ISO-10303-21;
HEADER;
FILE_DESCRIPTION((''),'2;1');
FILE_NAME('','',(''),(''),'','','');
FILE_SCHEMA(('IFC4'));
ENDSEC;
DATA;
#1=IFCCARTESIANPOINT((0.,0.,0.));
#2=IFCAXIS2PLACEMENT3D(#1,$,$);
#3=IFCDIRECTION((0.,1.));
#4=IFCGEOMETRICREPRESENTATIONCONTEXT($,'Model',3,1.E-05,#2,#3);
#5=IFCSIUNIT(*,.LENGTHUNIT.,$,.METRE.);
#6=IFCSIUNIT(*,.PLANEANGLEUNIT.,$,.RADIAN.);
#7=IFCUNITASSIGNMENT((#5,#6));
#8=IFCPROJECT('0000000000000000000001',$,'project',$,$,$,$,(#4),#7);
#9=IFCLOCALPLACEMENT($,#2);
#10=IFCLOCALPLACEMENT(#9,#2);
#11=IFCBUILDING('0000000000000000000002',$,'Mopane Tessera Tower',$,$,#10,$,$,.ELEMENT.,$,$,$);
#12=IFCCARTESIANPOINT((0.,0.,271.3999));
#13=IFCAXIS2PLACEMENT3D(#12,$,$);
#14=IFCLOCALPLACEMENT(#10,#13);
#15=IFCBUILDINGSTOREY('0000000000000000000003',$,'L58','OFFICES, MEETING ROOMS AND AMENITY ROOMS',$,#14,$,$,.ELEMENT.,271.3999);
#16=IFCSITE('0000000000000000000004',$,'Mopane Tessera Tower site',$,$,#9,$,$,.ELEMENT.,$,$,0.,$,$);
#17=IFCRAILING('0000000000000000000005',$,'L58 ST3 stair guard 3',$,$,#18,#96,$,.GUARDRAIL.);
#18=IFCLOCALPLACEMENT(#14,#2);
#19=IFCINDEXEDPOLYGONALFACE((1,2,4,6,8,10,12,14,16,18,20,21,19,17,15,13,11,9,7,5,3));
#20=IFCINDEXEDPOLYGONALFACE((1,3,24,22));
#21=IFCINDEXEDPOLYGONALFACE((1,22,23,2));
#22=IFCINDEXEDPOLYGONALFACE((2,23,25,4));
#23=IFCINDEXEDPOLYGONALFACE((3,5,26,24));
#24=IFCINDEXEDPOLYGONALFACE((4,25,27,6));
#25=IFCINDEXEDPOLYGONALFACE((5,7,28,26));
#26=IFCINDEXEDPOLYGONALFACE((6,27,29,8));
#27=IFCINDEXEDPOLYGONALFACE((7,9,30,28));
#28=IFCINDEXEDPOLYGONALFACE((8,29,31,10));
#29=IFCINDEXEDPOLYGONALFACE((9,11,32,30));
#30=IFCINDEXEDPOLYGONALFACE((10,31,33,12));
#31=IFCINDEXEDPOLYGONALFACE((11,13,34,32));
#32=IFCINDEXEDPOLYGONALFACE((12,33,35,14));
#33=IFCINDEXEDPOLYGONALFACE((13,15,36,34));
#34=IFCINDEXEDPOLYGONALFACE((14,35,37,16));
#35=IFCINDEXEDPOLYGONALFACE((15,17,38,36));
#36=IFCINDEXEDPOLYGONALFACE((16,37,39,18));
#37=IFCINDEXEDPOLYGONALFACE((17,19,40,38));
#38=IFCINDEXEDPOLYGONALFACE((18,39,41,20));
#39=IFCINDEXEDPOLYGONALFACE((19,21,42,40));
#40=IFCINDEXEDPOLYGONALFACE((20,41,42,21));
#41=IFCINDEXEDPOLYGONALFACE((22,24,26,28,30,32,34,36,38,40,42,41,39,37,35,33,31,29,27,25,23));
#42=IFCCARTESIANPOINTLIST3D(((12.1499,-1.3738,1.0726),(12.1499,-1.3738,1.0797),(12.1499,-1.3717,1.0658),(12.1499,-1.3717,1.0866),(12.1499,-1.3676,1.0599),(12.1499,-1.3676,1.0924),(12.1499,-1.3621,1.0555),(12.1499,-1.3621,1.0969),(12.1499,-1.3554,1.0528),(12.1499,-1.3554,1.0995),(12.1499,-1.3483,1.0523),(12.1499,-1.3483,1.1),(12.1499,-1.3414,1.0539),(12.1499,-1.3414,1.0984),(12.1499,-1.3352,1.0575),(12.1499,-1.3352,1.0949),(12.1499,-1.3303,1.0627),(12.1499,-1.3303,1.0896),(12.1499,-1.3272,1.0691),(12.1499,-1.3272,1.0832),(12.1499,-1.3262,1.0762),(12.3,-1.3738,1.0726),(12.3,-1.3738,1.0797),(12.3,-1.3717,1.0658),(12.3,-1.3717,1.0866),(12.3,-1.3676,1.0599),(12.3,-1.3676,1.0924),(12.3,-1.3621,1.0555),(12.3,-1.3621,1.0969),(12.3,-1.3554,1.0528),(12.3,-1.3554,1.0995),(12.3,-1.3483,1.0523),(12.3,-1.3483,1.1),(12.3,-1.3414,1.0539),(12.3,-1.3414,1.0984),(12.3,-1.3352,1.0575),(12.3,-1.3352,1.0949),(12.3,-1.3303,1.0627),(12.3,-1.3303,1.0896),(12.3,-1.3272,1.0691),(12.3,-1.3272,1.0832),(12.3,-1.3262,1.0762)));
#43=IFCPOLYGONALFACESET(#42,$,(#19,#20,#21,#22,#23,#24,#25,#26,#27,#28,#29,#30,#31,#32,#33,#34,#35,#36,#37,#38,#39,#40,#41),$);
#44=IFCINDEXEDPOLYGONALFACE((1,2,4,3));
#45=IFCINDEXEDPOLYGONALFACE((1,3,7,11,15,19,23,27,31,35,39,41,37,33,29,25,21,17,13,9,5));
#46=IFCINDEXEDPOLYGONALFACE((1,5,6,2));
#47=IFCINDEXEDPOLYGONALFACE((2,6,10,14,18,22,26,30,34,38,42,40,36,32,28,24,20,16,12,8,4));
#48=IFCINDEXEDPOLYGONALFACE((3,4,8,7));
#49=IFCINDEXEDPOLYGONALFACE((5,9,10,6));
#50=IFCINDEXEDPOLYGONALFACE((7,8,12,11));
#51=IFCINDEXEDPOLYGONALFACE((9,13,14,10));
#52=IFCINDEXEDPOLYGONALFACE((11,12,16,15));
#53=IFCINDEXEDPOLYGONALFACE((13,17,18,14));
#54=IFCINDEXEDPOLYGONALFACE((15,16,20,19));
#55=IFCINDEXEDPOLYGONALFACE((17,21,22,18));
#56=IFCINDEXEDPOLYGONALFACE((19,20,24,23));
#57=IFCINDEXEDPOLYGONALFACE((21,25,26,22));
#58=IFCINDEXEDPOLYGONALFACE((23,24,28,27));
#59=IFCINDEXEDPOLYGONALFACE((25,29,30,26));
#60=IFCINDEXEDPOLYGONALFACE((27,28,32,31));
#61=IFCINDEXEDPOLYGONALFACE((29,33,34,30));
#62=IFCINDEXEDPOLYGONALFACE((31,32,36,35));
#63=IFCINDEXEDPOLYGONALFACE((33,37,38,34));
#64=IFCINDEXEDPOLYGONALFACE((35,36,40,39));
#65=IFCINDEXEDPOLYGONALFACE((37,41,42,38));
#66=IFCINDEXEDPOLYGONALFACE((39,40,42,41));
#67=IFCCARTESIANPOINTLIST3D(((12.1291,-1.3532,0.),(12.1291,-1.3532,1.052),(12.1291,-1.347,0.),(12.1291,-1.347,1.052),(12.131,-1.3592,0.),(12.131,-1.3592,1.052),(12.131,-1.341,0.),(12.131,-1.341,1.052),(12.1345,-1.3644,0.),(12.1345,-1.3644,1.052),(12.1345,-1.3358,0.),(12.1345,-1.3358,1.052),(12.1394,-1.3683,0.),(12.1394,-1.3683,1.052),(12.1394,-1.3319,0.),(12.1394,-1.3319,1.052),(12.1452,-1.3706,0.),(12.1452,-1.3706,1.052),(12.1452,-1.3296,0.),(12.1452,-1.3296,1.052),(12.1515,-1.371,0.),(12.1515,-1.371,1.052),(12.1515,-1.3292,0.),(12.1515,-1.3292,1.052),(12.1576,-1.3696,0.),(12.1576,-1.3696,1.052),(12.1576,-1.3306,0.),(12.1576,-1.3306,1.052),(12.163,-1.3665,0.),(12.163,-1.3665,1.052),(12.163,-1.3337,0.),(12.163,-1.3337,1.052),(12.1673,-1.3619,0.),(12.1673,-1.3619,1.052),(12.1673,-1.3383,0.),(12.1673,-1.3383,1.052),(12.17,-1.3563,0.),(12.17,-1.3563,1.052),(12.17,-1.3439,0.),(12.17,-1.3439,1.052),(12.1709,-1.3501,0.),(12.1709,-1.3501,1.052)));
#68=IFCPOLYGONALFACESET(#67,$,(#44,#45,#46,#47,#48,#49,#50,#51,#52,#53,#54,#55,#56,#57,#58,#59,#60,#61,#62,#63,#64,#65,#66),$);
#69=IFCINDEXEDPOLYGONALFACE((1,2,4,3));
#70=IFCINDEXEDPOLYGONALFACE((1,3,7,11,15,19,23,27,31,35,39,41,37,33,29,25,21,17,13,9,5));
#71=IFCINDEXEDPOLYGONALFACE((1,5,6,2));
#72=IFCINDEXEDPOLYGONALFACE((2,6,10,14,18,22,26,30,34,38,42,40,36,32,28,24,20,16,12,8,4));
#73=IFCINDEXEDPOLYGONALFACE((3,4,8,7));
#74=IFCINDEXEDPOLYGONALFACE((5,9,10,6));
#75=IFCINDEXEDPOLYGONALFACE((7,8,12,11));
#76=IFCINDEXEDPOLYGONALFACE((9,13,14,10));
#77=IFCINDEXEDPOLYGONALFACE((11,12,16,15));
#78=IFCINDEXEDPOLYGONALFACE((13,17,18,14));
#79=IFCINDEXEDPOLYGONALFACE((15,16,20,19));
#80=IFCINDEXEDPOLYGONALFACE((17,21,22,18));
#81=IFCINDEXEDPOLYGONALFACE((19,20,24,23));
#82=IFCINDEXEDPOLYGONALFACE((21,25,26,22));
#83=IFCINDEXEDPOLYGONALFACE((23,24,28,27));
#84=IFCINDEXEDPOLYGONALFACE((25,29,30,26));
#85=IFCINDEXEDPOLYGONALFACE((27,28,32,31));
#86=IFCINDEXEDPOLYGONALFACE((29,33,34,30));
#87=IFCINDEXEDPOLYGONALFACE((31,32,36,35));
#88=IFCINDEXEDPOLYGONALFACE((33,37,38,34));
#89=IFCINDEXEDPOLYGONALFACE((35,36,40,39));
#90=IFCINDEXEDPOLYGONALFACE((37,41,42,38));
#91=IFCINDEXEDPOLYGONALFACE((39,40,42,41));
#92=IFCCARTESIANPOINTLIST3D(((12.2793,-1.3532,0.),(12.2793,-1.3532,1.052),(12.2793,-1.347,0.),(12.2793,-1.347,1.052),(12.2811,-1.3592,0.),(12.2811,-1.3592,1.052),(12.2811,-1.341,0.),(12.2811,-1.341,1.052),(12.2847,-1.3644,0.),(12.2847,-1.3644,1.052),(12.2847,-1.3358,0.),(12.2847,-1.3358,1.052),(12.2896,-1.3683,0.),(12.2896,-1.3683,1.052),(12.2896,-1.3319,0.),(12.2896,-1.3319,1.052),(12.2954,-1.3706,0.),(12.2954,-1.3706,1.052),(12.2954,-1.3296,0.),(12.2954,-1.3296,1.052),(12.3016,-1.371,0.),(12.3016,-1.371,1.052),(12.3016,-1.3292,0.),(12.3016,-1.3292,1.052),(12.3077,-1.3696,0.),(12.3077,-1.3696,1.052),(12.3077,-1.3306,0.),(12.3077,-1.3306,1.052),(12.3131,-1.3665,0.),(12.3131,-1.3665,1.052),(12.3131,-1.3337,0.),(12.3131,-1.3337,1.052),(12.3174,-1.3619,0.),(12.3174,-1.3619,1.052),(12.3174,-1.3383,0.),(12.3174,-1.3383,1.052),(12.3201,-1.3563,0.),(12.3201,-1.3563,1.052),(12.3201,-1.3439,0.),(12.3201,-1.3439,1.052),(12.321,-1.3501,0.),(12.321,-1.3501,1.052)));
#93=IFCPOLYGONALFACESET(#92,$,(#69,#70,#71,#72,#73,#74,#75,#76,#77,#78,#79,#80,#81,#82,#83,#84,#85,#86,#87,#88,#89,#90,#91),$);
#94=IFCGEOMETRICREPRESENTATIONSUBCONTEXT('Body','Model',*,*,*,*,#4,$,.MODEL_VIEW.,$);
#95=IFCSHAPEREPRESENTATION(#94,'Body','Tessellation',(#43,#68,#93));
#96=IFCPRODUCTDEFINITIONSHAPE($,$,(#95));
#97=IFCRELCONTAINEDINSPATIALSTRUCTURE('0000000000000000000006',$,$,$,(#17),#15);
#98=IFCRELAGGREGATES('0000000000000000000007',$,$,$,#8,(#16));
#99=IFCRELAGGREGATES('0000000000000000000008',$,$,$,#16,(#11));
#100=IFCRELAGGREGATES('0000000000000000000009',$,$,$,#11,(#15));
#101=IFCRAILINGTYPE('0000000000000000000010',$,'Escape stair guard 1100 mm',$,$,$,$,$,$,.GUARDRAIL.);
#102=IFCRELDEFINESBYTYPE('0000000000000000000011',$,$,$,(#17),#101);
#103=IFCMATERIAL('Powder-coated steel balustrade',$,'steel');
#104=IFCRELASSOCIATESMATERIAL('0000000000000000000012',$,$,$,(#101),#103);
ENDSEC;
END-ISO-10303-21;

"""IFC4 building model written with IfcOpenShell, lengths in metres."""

from ifc_helpers import new_model, si_unit, direction, frame, origin, origin_2d, place, context, subcontext, project, spatial, circle, extrude, material, type_object, element, save


model = new_model("IFC4")

# Units and contexts
model_context = context("Model", 3, precision=1e-05, world=origin(), true_north=direction((0.0, 1.0)))
body_context = subcontext(model_context, "Body", "Model", "MODEL_VIEW")
ifc_project = project(units=[si_unit("LENGTHUNIT", "METRE"), si_unit("PLANEANGLEUNIT", "RADIAN")], contexts=[model_context])

# Site, building, storey
site_placement = place(None, origin())
site = spatial("IfcSite", under=ifc_project, at=site_placement, Name="Mopane Tessera Tower site", CompositionType="ELEMENT", RefElevation=0.0)
building_placement = place(site_placement, origin())
building = spatial("IfcBuilding", under=site, at=building_placement, Name="Mopane Tessera Tower", CompositionType="ELEMENT")
storey_placement = place(building_placement, frame((0.0, 0.0, 271.3999)))
storey = spatial("IfcBuildingStorey", under=building, at=storey_placement, Name="L58", Description="OFFICES, MEETING ROOMS AND AMENITY ROOMS", CompositionType="ELEMENT", Elevation=271.3999)

# Railing
ifc_material_1 = material(Name="Powder-coated steel balustrade", Category="steel")
railing_type_1 = type_object("IfcRailingType", Name="Escape stair guard 1100 mm", PredefinedType="GUARDRAIL", material=ifc_material_1)
railing_1_placement = place(storey_placement, frame((12.1499, -1.3501, 0.0)))
element("IfcRailing", 1, at=railing_1_placement, inside=storey, type_object=railing_type_1, Name="L58 ST3 stair guard 3", PredefinedType="GUARDRAIL", context=body_context, shape_type="SweptSolid", body=[
    extrude(circle(Radius=0.0239, at=origin_2d()), frame((0.0, 0.0, 1.0762), z_axis=(1.0, 0.0, 0.0), x_axis=(0.0, 1.0, 0.0)), (0.0, 0.0, 1.0), 0.1501),
    extrude(circle(Radius=0.021, at=origin_2d()), origin(), (0.0, 0.0, 1.0), 1.052),
    extrude(circle(Radius=0.021, at=origin_2d()), frame((0.1501, 0.0, 0.0)), (0.0, 0.0, 1.0), 1.052),
])

save(model, "model.ifc")
